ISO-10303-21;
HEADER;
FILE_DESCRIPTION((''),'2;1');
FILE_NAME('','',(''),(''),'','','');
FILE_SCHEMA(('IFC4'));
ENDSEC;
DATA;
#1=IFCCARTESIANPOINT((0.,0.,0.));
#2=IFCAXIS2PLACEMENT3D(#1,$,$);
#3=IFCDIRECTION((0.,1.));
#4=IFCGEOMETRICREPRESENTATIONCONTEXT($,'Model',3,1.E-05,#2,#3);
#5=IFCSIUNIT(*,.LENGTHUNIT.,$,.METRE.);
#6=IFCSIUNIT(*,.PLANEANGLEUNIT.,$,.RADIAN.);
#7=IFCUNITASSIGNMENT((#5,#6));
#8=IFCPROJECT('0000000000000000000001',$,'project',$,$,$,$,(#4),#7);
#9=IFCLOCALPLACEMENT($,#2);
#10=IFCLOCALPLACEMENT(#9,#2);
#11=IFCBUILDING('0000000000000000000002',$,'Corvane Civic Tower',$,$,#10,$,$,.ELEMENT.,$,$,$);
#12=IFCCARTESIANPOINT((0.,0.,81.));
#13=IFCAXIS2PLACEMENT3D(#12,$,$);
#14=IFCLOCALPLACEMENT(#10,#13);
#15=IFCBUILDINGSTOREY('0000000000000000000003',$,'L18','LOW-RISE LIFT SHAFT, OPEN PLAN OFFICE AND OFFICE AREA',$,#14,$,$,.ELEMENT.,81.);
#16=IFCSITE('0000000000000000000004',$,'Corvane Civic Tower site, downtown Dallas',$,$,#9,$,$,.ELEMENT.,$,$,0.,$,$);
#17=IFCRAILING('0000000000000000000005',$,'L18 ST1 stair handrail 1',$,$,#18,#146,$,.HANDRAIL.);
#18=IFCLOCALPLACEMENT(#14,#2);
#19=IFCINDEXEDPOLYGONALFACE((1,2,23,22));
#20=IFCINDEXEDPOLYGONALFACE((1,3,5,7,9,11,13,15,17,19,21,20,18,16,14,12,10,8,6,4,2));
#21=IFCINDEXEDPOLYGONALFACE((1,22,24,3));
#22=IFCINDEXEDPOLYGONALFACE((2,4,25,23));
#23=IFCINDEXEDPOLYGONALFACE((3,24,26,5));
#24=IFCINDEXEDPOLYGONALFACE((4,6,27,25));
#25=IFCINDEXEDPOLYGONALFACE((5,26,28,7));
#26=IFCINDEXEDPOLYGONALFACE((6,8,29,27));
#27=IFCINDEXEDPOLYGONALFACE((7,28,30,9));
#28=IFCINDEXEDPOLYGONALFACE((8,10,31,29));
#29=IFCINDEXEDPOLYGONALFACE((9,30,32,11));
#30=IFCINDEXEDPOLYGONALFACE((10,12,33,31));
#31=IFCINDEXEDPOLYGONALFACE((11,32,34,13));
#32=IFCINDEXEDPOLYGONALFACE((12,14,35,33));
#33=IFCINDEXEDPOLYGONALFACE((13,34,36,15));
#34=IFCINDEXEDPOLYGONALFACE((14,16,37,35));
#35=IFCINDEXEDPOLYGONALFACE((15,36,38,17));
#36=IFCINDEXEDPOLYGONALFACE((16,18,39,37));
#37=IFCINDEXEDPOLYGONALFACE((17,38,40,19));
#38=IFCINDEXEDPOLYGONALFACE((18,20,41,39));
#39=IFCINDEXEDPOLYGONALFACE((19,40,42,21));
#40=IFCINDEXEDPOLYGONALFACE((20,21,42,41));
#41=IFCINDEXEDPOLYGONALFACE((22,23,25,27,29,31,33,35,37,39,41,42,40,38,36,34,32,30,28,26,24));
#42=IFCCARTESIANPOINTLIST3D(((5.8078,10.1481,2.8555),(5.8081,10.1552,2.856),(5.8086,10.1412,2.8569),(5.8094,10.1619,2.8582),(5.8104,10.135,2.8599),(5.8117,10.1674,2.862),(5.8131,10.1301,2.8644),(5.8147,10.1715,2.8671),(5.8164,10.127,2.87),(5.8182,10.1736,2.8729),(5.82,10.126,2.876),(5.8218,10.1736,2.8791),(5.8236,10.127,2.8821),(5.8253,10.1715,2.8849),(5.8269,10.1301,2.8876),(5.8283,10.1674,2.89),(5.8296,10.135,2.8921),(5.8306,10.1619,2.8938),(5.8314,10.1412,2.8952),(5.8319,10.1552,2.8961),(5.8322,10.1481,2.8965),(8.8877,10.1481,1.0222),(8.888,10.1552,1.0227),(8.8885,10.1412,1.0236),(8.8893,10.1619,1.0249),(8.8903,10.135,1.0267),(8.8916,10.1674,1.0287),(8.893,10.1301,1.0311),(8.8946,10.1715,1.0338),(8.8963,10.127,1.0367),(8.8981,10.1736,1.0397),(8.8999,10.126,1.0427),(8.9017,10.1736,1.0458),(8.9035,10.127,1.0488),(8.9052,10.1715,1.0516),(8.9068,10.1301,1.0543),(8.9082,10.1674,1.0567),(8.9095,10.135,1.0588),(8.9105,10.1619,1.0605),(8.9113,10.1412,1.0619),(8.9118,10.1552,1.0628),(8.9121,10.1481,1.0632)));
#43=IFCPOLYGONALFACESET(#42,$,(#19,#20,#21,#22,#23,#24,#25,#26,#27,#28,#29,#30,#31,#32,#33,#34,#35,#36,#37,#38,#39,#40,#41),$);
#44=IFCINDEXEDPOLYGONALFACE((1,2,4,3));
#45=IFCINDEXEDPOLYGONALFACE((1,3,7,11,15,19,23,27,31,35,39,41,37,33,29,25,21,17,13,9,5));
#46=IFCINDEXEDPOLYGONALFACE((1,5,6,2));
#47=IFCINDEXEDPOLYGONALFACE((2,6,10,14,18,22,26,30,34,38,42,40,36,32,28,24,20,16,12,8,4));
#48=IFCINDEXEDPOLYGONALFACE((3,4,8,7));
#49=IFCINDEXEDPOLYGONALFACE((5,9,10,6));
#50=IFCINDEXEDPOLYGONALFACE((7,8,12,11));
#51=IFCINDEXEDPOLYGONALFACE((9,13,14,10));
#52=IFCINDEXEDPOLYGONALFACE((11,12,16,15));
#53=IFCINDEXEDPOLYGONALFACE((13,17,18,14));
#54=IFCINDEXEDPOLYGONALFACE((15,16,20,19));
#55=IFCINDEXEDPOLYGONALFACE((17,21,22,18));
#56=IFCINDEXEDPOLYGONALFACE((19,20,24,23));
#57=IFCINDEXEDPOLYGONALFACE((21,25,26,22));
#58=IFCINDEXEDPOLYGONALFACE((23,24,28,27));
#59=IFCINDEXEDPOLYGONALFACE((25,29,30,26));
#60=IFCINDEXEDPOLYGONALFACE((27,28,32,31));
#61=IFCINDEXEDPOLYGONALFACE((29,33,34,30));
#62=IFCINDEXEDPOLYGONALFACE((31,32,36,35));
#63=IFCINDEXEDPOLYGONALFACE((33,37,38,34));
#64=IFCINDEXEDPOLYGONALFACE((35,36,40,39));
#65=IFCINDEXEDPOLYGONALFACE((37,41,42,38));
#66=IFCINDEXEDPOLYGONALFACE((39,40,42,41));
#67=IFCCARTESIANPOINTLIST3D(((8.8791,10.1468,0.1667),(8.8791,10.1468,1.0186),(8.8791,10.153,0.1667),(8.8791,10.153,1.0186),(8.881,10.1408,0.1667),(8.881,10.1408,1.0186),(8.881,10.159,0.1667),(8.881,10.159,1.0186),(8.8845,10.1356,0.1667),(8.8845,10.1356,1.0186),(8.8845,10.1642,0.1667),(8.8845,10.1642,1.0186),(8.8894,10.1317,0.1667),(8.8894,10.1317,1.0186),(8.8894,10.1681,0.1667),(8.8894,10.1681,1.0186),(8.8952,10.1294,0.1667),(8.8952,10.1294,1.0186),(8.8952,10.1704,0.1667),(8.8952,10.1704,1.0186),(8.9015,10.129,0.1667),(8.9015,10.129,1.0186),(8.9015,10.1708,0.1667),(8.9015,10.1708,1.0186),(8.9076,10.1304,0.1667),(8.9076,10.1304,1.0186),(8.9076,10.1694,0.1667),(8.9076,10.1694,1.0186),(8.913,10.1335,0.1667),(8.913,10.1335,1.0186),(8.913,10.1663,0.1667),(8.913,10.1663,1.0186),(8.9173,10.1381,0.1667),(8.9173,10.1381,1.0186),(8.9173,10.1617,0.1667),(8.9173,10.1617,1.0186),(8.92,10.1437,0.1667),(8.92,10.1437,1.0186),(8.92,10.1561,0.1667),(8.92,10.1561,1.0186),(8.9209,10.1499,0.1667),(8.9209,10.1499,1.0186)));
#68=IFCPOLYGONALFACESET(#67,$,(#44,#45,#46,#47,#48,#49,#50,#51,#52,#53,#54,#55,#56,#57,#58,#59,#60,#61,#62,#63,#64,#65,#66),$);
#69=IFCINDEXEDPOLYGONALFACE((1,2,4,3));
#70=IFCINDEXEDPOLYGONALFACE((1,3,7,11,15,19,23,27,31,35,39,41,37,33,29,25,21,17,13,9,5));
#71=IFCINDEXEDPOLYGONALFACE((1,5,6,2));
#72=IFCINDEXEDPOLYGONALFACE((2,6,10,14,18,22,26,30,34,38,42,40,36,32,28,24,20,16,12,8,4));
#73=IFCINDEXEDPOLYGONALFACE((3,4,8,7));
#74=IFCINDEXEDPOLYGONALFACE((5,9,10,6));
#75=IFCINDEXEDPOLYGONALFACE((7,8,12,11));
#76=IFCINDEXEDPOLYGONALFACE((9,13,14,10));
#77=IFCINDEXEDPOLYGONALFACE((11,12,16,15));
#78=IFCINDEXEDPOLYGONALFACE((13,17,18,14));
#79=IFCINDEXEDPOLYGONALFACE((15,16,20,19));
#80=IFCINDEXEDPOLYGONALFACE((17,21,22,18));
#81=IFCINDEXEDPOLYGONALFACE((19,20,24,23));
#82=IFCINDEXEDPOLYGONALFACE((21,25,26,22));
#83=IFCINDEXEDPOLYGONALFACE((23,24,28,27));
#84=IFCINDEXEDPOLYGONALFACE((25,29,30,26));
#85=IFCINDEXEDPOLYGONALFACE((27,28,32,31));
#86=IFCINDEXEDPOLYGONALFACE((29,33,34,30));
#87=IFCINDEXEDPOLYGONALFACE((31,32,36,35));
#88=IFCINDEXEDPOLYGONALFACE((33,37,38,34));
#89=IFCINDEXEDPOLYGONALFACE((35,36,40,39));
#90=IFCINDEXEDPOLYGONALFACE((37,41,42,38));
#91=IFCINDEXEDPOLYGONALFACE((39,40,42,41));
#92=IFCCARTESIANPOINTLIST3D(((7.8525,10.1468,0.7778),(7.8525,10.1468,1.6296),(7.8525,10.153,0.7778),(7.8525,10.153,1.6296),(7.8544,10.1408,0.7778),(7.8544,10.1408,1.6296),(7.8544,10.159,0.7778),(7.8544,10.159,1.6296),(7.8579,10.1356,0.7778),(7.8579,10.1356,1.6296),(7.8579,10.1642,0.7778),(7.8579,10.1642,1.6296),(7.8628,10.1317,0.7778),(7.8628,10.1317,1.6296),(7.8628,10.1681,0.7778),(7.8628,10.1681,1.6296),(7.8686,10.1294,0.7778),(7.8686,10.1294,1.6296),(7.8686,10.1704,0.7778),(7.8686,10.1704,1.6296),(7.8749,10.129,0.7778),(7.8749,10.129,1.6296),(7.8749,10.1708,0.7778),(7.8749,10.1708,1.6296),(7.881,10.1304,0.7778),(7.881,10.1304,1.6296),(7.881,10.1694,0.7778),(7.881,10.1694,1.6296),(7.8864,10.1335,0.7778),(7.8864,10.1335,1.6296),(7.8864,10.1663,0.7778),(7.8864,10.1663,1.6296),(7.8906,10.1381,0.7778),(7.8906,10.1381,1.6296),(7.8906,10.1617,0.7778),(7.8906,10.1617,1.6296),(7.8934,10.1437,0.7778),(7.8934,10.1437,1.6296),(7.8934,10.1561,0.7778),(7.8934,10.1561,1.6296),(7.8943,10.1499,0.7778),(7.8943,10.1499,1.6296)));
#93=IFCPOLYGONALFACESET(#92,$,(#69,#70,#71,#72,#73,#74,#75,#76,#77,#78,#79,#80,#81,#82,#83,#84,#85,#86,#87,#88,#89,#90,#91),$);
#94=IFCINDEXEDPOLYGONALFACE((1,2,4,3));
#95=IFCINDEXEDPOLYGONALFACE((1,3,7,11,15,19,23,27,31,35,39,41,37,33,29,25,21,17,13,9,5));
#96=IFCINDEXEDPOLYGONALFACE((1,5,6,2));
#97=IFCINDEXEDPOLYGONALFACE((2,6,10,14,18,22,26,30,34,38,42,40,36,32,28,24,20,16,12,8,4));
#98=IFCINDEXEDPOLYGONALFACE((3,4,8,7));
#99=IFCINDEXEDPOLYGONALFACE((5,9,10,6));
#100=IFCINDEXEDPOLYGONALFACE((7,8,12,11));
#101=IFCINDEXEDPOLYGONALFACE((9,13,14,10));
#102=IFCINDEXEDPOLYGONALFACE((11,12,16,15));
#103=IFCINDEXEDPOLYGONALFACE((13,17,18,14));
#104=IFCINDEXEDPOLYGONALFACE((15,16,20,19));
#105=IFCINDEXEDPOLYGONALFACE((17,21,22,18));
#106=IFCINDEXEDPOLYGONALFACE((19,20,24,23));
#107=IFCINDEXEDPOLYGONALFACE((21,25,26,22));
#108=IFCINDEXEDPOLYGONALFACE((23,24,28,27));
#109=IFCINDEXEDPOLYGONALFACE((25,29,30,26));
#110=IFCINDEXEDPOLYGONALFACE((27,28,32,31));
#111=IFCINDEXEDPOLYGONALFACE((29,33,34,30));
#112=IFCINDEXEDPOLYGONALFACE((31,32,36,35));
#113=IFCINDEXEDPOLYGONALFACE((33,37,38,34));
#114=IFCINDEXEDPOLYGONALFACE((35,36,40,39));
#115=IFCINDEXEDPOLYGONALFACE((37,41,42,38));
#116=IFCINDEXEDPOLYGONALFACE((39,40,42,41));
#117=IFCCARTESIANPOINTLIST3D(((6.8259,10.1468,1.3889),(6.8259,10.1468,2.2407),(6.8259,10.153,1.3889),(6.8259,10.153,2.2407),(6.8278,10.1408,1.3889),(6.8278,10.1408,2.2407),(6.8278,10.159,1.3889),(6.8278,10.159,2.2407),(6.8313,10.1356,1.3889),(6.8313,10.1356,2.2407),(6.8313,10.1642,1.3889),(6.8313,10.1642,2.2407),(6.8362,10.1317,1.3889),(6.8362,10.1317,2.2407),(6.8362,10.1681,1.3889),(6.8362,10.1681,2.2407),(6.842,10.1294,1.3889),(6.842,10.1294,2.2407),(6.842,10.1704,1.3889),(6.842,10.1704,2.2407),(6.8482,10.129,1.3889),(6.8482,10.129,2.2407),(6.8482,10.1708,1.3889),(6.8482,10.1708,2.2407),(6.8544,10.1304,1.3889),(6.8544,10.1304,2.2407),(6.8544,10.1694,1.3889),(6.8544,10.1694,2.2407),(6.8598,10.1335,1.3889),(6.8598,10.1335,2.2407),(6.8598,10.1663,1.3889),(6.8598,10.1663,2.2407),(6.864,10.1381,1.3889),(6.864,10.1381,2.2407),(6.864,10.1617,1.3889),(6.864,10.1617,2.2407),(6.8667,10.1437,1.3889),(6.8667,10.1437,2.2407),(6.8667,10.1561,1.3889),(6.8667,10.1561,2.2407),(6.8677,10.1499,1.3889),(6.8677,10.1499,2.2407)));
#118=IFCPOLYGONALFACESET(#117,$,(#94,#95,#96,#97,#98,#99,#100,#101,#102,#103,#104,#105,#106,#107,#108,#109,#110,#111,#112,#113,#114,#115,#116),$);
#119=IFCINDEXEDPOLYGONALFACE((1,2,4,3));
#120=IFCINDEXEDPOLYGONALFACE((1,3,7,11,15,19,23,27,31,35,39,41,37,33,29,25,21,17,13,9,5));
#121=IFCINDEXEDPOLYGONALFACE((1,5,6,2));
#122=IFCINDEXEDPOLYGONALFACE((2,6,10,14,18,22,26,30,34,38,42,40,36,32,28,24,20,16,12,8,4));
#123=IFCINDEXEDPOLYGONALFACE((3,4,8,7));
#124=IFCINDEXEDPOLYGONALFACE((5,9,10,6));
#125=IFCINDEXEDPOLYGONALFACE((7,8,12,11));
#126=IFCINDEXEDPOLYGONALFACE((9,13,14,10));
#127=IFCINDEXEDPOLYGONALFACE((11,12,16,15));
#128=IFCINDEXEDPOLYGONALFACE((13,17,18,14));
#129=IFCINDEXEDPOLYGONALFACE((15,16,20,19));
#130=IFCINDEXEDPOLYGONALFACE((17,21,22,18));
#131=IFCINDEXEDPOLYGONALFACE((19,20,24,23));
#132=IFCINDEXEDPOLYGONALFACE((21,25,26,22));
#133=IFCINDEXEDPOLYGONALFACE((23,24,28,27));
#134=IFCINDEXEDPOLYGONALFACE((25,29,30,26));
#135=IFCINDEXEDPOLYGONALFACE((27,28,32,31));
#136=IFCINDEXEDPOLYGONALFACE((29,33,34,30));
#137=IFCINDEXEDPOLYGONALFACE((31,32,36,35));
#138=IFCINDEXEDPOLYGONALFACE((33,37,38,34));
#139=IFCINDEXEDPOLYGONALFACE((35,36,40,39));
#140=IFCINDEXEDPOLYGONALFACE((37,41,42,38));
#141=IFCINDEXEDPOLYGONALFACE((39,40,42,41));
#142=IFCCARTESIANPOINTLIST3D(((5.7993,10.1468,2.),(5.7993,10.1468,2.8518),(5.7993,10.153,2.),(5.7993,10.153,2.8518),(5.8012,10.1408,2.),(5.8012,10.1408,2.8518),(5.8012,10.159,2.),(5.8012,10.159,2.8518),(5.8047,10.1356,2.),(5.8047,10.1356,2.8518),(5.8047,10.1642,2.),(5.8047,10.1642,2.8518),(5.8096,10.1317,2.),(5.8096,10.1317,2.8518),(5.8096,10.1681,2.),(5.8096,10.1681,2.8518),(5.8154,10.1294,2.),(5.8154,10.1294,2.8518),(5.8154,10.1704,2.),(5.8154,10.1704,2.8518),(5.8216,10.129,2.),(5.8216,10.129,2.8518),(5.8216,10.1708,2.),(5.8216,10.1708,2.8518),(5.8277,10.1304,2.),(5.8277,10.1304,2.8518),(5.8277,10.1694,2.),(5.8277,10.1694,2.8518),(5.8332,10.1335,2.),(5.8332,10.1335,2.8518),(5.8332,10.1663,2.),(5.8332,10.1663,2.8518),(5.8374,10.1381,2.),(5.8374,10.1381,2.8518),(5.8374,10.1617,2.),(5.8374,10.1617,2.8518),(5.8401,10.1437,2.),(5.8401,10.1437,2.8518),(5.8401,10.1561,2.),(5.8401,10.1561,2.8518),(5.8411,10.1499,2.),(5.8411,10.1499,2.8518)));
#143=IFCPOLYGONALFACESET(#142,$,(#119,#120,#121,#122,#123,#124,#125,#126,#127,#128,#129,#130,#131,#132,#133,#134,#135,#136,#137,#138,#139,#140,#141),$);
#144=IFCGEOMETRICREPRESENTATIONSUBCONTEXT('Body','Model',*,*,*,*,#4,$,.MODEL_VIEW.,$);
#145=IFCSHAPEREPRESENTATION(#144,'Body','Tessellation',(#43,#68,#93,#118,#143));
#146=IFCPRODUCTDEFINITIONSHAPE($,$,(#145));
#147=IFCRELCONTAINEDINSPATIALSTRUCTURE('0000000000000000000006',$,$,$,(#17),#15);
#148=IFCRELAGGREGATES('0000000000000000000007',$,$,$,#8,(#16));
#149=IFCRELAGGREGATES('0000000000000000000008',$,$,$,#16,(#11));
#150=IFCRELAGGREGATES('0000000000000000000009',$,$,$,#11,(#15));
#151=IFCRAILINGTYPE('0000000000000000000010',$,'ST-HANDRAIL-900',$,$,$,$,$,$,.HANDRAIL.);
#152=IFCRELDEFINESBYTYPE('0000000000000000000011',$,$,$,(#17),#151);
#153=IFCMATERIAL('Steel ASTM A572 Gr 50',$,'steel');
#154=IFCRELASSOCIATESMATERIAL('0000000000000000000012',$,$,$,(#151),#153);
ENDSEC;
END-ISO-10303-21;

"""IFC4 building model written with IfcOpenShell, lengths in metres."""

from ifc_helpers import new_model, si_unit, direction, frame, origin, origin_2d, place, context, subcontext, project, spatial, circle, extrude, material, type_object, element, save


model = new_model("IFC4")

# Units and contexts
model_context = context("Model", 3, precision=1e-05, world=origin(), true_north=direction((0.0, 1.0)))
body_context = subcontext(model_context, "Body", "Model", "MODEL_VIEW")
ifc_project = project(units=[si_unit("LENGTHUNIT", "METRE"), si_unit("PLANEANGLEUNIT", "RADIAN")], contexts=[model_context])

# Site, building, storey
site_placement = place(None, origin())
site = spatial("IfcSite", under=ifc_project, at=site_placement, Name="Corvane Civic Tower site, downtown Dallas", CompositionType="ELEMENT", RefElevation=0.0)
building_placement = place(site_placement, origin())
building = spatial("IfcBuilding", under=site, at=building_placement, Name="Corvane Civic Tower", CompositionType="ELEMENT")
storey_placement = place(building_placement, frame((0.0, 0.0, 81.0)))
storey = spatial("IfcBuildingStorey", under=building, at=storey_placement, Name="L18", Description="LOW-RISE LIFT SHAFT, OPEN PLAN OFFICE AND OFFICE AREA", CompositionType="ELEMENT", Elevation=81.0)

# Railing
ifc_material_1 = material(Name="Steel ASTM A572 Gr 50", Category="steel")
railing_type_1 = type_object("IfcRailingType", Name="ST-HANDRAIL-900", PredefinedType="HANDRAIL", material=ifc_material_1)
railing_1_placement = place(storey_placement, frame((8.8999, 10.1499, 0.1667)))
element("IfcRailing", 1, at=railing_1_placement, inside=storey, type_object=railing_type_1, Name="L18 ST1 stair handrail 1", PredefinedType="HANDRAIL", context=body_context, shape_type="SweptSolid", body=[
    extrude(circle(Radius=0.0239, at=origin_2d()), frame((0.0, 0.0, 0.876), z_axis=(-0.859291, 0.0, 0.511487), x_axis=(0.0, -1.0, 0.0)), (0.0, 0.0, 1.0), 3.5842),
    extrude(circle(Radius=0.021, at=origin_2d()), origin(), (0.0, 0.0, 1.0), 0.8518),
    extrude(circle(Radius=0.021, at=origin_2d()), frame((-1.0266, 0.0, 0.6111)), (0.0, 0.0, 1.0), 0.8518),
    extrude(circle(Radius=0.021, at=origin_2d()), frame((-2.0532, 0.0, 1.2222)), (0.0, 0.0, 1.0), 0.8518),
    extrude(circle(Radius=0.021, at=origin_2d()), frame((-3.0798, 0.0, 1.8333)), (0.0, 0.0, 1.0), 0.8518),
])

save(model, "model.ifc")
